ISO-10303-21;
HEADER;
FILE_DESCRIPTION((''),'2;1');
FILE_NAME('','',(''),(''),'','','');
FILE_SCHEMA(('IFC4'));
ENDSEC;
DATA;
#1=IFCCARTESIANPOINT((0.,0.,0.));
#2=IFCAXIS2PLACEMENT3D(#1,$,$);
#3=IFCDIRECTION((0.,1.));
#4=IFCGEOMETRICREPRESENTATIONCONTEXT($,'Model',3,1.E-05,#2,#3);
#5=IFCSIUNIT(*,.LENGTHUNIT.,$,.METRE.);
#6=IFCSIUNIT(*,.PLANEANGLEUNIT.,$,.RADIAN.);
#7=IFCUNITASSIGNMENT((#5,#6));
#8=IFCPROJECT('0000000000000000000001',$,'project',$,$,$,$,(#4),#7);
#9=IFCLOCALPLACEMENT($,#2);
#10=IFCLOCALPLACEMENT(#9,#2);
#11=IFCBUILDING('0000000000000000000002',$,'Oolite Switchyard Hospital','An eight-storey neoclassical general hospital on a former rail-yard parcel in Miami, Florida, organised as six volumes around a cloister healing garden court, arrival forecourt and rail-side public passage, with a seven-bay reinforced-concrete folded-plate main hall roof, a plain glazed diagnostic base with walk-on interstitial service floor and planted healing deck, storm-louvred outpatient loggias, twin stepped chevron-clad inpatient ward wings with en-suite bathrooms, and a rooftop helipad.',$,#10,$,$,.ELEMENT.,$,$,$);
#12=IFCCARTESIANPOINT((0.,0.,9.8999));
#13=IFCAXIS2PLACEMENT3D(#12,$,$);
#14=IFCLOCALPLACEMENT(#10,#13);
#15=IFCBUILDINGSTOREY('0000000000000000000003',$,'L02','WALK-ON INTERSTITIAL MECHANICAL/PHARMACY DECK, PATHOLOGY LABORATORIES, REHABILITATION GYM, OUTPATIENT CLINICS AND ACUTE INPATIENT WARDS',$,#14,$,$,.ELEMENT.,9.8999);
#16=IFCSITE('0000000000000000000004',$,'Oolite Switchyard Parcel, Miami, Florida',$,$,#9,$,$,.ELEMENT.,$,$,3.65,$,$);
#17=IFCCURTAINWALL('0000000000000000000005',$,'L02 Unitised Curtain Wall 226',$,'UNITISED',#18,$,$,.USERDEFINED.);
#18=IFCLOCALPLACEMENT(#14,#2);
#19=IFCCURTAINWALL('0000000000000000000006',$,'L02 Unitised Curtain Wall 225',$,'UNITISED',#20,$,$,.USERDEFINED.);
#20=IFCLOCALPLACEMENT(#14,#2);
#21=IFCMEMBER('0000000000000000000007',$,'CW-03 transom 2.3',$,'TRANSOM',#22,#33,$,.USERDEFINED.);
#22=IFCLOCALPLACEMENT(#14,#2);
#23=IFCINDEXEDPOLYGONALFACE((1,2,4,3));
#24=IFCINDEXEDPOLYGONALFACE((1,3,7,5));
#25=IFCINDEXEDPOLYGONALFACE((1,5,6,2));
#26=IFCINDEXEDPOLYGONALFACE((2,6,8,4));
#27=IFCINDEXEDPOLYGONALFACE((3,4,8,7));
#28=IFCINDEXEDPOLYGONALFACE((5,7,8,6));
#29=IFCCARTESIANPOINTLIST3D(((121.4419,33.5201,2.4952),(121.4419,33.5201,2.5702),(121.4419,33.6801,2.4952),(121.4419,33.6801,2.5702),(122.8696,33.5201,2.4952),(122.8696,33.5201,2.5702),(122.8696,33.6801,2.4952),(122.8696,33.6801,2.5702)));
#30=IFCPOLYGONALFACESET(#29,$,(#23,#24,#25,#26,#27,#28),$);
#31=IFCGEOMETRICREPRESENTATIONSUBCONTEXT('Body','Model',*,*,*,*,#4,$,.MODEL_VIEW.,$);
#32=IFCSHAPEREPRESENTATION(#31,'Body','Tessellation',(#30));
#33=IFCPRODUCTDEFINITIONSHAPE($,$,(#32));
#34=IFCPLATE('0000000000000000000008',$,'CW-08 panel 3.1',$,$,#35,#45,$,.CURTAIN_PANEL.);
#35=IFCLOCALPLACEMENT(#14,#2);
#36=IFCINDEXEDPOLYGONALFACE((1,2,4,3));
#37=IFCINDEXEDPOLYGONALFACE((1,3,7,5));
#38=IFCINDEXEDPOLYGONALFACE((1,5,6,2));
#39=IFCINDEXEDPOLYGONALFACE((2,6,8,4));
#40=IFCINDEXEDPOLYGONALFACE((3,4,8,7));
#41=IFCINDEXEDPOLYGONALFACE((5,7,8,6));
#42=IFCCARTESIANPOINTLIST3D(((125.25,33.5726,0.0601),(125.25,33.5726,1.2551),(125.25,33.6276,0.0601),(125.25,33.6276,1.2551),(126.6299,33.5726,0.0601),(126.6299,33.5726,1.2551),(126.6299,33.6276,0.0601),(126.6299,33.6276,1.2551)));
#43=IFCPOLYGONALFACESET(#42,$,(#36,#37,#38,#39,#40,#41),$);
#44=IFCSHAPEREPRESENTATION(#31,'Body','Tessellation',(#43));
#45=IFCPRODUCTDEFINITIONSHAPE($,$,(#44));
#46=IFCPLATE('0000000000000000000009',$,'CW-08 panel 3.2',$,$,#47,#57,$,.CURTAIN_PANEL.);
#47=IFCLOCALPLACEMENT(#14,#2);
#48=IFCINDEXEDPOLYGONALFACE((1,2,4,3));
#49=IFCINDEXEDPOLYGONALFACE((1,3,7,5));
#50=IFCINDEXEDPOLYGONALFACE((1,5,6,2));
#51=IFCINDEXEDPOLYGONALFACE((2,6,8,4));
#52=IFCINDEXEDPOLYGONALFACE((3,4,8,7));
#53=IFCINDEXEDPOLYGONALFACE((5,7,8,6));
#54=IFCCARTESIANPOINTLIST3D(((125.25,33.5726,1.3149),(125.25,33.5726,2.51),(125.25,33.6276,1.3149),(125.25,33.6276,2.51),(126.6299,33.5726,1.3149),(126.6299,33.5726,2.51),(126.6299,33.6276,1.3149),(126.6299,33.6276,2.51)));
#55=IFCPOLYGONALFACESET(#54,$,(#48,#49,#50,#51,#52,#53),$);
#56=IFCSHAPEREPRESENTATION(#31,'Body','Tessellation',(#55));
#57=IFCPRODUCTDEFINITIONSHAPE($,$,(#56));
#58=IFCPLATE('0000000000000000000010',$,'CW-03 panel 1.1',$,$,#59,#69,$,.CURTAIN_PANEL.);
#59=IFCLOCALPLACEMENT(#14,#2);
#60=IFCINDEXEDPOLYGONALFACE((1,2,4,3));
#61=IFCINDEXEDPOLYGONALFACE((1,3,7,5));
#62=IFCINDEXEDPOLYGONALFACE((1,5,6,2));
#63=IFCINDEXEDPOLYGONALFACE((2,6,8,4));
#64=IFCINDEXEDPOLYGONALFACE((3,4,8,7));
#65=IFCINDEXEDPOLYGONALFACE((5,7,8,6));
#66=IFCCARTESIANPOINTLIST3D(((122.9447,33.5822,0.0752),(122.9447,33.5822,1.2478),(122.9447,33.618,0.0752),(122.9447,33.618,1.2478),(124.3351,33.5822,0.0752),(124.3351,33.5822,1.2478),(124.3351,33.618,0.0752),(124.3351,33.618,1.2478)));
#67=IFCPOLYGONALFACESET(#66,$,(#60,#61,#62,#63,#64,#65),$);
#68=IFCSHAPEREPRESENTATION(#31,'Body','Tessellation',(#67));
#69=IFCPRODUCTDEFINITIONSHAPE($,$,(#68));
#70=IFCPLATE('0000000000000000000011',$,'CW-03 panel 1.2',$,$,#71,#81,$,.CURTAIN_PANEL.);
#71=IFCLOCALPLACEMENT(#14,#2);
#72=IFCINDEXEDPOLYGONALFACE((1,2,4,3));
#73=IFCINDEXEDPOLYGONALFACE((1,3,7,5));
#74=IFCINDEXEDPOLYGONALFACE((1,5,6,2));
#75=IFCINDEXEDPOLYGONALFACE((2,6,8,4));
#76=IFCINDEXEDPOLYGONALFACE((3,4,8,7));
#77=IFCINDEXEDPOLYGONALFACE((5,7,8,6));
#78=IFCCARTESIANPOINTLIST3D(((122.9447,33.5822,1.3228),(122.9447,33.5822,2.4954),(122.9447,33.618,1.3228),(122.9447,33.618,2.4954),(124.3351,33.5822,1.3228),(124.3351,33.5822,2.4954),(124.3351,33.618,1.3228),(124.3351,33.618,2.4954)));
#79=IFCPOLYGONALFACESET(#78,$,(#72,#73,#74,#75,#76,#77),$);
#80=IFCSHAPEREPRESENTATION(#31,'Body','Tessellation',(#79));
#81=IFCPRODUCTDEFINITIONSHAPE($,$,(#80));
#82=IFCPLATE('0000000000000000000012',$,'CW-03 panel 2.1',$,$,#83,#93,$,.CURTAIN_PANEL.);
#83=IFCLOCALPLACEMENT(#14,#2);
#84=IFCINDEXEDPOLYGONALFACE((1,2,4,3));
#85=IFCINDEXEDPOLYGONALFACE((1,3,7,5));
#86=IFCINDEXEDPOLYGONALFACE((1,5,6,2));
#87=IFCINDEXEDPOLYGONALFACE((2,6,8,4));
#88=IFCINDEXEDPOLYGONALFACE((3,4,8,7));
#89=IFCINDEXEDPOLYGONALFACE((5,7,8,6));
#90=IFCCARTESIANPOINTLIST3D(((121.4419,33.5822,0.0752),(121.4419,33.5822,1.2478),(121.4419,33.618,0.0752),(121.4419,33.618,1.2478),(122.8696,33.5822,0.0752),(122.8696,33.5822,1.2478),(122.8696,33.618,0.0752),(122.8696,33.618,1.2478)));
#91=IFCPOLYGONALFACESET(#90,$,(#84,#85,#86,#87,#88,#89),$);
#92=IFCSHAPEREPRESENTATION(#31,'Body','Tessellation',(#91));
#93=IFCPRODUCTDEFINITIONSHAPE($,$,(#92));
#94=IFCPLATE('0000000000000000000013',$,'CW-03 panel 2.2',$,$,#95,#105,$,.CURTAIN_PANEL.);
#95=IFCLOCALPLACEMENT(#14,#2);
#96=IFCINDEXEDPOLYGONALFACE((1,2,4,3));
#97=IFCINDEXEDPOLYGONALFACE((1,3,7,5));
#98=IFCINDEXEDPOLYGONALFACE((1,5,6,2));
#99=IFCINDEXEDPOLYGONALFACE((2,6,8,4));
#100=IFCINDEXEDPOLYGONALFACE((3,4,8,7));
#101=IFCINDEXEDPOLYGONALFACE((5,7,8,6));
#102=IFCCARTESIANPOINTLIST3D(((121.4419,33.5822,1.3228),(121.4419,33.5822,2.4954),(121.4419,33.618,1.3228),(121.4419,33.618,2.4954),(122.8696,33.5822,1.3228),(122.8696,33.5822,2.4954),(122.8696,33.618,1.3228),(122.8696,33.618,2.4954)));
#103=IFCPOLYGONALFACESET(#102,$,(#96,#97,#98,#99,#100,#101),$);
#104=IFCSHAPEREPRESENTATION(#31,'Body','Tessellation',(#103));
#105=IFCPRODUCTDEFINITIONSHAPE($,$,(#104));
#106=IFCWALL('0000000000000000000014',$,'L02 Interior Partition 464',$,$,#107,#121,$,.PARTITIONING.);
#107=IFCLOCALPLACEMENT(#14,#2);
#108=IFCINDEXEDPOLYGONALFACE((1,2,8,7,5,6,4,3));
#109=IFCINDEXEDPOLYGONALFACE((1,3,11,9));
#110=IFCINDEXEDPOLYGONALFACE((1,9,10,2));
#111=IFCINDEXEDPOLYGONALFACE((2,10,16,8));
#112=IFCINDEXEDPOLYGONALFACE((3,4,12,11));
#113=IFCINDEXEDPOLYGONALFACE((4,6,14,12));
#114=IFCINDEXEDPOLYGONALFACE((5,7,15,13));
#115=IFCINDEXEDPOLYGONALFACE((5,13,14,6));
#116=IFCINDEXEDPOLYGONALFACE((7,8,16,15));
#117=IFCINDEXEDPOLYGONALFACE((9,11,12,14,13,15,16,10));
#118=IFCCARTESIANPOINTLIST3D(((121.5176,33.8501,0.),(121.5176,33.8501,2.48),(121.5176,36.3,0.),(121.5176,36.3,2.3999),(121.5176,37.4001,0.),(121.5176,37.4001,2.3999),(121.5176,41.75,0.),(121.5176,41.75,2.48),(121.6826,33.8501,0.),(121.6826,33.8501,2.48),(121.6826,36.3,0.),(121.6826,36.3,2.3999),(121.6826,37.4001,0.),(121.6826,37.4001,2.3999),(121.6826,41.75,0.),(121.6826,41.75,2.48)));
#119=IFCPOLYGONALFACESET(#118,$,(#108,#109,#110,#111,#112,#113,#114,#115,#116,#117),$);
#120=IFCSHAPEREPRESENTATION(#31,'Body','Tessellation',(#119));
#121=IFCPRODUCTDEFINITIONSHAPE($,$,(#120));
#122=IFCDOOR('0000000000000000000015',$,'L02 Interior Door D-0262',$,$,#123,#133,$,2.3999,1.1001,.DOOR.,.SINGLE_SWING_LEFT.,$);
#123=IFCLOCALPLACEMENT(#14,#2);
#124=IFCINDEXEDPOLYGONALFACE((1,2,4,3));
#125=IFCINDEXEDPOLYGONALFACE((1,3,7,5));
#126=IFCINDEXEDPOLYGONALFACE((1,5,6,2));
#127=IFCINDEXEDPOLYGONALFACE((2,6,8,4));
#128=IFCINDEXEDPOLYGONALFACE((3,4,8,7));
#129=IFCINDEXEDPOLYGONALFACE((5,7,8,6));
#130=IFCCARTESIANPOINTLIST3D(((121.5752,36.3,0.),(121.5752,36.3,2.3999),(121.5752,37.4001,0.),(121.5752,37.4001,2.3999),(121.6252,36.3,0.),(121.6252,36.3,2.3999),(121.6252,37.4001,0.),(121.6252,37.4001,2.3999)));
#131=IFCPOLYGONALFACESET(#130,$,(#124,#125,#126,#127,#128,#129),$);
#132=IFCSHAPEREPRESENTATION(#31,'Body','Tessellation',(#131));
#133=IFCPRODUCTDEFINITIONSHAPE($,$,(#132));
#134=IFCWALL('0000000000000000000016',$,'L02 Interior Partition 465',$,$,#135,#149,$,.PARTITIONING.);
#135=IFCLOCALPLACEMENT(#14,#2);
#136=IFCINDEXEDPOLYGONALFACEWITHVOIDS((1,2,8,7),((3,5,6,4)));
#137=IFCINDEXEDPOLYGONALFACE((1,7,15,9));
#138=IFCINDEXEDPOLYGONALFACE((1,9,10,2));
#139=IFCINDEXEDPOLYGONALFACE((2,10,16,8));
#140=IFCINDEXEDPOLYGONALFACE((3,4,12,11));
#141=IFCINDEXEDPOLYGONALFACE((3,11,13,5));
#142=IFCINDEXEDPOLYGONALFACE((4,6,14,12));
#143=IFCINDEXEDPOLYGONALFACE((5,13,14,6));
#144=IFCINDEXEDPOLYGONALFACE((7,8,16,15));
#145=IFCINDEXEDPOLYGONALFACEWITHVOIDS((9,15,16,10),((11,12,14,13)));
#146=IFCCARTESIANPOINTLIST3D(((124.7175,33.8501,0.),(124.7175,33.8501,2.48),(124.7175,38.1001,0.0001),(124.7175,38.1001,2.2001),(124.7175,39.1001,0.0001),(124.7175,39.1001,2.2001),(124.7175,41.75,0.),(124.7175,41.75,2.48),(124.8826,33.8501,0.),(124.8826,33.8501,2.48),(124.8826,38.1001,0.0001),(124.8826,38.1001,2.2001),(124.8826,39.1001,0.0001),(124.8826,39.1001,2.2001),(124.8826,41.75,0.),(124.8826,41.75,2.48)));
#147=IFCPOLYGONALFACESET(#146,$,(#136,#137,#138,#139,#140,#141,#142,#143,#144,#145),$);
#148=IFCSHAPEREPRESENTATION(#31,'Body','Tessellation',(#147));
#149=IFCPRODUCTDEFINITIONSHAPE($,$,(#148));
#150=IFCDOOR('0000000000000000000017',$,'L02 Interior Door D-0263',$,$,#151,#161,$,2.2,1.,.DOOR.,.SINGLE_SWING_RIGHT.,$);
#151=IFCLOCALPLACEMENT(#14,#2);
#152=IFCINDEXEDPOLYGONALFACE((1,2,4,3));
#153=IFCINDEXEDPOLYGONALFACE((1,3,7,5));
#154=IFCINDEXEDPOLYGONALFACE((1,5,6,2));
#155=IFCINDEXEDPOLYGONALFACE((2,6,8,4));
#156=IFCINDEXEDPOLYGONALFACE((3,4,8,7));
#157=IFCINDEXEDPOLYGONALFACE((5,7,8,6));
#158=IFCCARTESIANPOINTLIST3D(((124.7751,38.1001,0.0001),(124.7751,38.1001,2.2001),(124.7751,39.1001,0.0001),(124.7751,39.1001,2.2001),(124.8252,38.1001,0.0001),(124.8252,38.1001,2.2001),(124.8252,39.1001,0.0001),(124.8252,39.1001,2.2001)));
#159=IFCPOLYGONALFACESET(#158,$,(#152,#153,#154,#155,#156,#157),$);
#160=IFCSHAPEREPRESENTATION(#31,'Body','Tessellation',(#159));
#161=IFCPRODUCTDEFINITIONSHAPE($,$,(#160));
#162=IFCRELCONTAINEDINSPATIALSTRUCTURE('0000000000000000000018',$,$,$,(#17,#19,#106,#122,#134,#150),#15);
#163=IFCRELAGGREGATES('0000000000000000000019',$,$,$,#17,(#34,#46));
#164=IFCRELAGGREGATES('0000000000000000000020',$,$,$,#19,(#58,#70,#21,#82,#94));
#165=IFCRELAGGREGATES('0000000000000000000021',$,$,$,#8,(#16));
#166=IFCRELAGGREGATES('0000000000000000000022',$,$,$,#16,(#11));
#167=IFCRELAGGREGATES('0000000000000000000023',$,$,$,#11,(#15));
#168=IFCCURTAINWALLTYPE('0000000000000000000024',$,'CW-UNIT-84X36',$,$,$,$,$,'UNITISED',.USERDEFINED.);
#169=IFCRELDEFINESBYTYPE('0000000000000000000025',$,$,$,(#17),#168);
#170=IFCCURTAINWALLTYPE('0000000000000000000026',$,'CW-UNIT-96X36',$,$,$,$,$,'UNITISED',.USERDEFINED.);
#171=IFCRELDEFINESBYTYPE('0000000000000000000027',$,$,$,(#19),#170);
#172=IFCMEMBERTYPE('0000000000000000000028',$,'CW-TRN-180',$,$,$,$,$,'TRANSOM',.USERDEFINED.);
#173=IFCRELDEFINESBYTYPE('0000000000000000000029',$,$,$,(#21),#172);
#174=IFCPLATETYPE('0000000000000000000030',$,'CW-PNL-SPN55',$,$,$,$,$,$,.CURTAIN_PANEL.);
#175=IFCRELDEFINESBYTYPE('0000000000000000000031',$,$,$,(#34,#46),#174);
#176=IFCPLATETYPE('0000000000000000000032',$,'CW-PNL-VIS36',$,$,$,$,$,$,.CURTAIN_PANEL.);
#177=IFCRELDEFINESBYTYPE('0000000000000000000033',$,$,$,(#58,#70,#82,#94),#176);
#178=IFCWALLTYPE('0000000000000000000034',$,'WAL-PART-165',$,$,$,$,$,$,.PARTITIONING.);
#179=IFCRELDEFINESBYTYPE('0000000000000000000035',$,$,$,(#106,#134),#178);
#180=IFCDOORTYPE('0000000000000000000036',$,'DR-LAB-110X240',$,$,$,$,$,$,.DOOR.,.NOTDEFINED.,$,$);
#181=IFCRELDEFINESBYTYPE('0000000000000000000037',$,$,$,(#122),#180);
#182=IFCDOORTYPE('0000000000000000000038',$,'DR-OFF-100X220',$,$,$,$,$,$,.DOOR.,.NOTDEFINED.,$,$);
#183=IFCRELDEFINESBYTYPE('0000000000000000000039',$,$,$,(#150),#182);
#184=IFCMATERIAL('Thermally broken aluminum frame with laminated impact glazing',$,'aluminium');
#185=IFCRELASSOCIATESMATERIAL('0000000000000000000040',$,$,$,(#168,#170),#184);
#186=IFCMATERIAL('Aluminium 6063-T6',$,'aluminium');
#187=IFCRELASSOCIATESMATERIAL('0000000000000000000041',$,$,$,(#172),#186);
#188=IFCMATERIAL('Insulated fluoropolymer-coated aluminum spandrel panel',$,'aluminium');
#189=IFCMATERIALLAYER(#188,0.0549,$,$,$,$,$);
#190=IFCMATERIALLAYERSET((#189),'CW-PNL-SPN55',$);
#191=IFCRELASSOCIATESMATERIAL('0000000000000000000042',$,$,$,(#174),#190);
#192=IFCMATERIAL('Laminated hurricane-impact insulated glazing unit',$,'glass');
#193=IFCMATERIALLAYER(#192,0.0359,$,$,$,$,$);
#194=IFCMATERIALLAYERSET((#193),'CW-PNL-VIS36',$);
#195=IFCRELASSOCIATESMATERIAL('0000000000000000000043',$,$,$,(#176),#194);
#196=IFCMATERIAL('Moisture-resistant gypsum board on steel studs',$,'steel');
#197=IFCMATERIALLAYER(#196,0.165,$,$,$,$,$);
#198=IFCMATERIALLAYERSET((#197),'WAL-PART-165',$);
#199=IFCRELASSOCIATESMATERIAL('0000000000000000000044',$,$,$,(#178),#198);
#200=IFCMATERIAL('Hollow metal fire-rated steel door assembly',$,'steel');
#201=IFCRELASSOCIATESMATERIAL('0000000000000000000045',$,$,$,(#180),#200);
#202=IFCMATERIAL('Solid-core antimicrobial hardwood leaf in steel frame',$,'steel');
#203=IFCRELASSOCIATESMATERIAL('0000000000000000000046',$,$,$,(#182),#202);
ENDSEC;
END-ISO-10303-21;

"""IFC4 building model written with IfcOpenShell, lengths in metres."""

from ifc_helpers import new_model, si_unit, direction, frame, frame_2d, origin, origin_2d, place, context, subcontext, project, spatial, rectangle, extrude, material, layer, layer_set, material_profile, profile_set, type_object, element, fill, aggregate, save


model = new_model("IFC4")

# Units and contexts
model_context = context("Model", 3, precision=1e-05, world=origin(), true_north=direction((0.0, 1.0)))
body_context = subcontext(model_context, "Body", "Model", "MODEL_VIEW")
ifc_project = project(units=[si_unit("LENGTHUNIT", "METRE"), si_unit("PLANEANGLEUNIT", "RADIAN")], contexts=[model_context])

# Site, building, storey
site_placement = place(None, origin())
site = spatial("IfcSite", under=ifc_project, at=site_placement, Name="Oolite Switchyard Parcel, Miami, Florida", CompositionType="ELEMENT", RefElevation=3.65)
building_placement = place(site_placement, origin())
building = spatial("IfcBuilding", under=site, at=building_placement, Name="Oolite Switchyard Hospital", Description="An eight-storey neoclassical general hospital on a former rail-yard parcel in Miami, Florida, organised as six volumes around a cloister healing garden court, arrival forecourt and rail-side public passage, with a seven-bay reinforced-concrete folded-plate main hall roof, a plain glazed diagnostic base with walk-on interstitial service floor and planted healing deck, storm-louvred outpatient loggias, twin stepped chevron-clad inpatient ward wings with en-suite bathrooms, and a rooftop helipad.", CompositionType="ELEMENT")
storey_placement = place(building_placement, frame((0.0, 0.0, 9.8999)))
storey = spatial("IfcBuildingStorey", under=building, at=storey_placement, Name="L02", Description="WALK-ON INTERSTITIAL MECHANICAL/PHARMACY DECK, PATHOLOGY LABORATORIES, REHABILITATION GYM, OUTPATIENT CLINICS AND ACUTE INPATIENT WARDS", CompositionType="ELEMENT", Elevation=9.8999)

# Curtain wall
ifc_material_1 = material(Name="Thermally broken aluminum frame with laminated impact glazing", Category="aluminium")
curtain_wall_type_1 = type_object("IfcCurtainWallType", Name="CW-UNIT-84X36", ElementType="UNITISED", PredefinedType="USERDEFINED", material=ifc_material_1)
curtain_wall_1_placement = place(storey_placement, origin())
curtain_wall_1 = element("IfcCurtainWall", 1, at=curtain_wall_1_placement, inside=storey, type_object=curtain_wall_type_1, Name="L02 Unitised Curtain Wall 226", ObjectType="UNITISED", PredefinedType="USERDEFINED")
ifc_material_2 = material(Name="Aluminium 6063-T6", Category="aluminium")

# Curtain wall, member
curtain_wall_type_2 = type_object("IfcCurtainWallType", Name="CW-UNIT-96X36", ElementType="UNITISED", PredefinedType="USERDEFINED", material=ifc_material_1)
curtain_wall_2_placement = place(storey_placement, origin())
curtain_wall_2 = element("IfcCurtainWall", 2, at=curtain_wall_2_placement, inside=storey, type_object=curtain_wall_type_2, Name="L02 Unitised Curtain Wall 225", ObjectType="UNITISED", PredefinedType="USERDEFINED")
ifc_material_profile_1 = material_profile(ifc_material_2, rectangle(XDim=0.1599, YDim=0.075, at=origin_2d()), Name="CWT75X160")
ifc_profile_set_1 = profile_set([ifc_material_profile_1], Name="Aluminium 6063-T6")
member_type_1 = type_object("IfcMemberType", Name="CW-TRN-180", ElementType="TRANSOM", PredefinedType="USERDEFINED", material=ifc_profile_set_1)
member_1_placement = place(storey_placement, frame((122.8696, 33.6001, 2.5327), z_axis=(-1.0, 0.0, 0.0), x_axis=(0.0, -1.0, 0.0)))
member_1 = element("IfcMember", 3, at=member_1_placement, type_object=member_type_1, Name="CW-03 transom 2.3", ObjectType="TRANSOM", PredefinedType="USERDEFINED", context=body_context, shape_type="SweptSolid", body=[
    extrude(rectangle(XDim=0.1599, YDim=0.075, at=origin_2d()), origin(), (0.0, 0.0, 1.0), 1.4277),
])

# Plates
ifc_material_3 = material(Name="Insulated fluoropolymer-coated aluminum spandrel panel", Category="aluminium")
ifc_layer_1 = layer(ifc_material_3, 0.0549)
ifc_layer_set_1 = layer_set([ifc_layer_1], Name="CW-PNL-SPN55")
plate_type_1 = type_object("IfcPlateType", Name="CW-PNL-SPN55", PredefinedType="CURTAIN_PANEL", material=ifc_layer_set_1)
plate_1_placement = place(storey_placement, frame((125.9399, 33.6001, 0.0601), z_axis=(0.0, 0.0, 1.0), x_axis=(-1.0, 0.0, 0.0)))
plate_1 = element("IfcPlate", 4, at=plate_1_placement, type_object=plate_type_1, Name="CW-08 panel 3.1", PredefinedType="CURTAIN_PANEL", context=body_context, shape_type="SweptSolid", body=[
    extrude(rectangle(XDim=1.3799, YDim=0.0549, at=origin_2d()), origin(), (0.0, 0.0, 1.0), 1.1951),
])
plate_2_placement = place(storey_placement, frame((125.9399, 33.6001, 1.3149), z_axis=(0.0, 0.0, 1.0), x_axis=(-1.0, 0.0, 0.0)))
plate_2 = element("IfcPlate", 5, at=plate_2_placement, type_object=plate_type_1, Name="CW-08 panel 3.2", PredefinedType="CURTAIN_PANEL", context=body_context, shape_type="SweptSolid", body=[
    extrude(rectangle(XDim=1.3799, YDim=0.0549, at=origin_2d()), origin(), (0.0, 0.0, 1.0), 1.1951),
])
aggregate(curtain_wall_1, [plate_1, plate_2])
ifc_material_4 = material(Name="Laminated hurricane-impact insulated glazing unit", Category="glass")
ifc_layer_2 = layer(ifc_material_4, 0.0359)
ifc_layer_set_2 = layer_set([ifc_layer_2], Name="CW-PNL-VIS36")
plate_type_2 = type_object("IfcPlateType", Name="CW-PNL-VIS36", PredefinedType="CURTAIN_PANEL", material=ifc_layer_set_2)
plate_3_placement = place(storey_placement, frame((123.6399, 33.6001, 0.0752), z_axis=(0.0, 0.0, 1.0), x_axis=(-1.0, 0.0, 0.0)))
plate_3 = element("IfcPlate", 6, at=plate_3_placement, type_object=plate_type_2, Name="CW-03 panel 1.1", PredefinedType="CURTAIN_PANEL", context=body_context, shape_type="SweptSolid", body=[
    extrude(rectangle(XDim=1.3904, YDim=0.0359, at=origin_2d()), origin(), (0.0, 0.0, 1.0), 1.1726),
])
plate_4_placement = place(storey_placement, frame((123.6399, 33.6001, 1.3228), z_axis=(0.0, 0.0, 1.0), x_axis=(-1.0, 0.0, 0.0)))
plate_4 = element("IfcPlate", 7, at=plate_4_placement, type_object=plate_type_2, Name="CW-03 panel 1.2", PredefinedType="CURTAIN_PANEL", context=body_context, shape_type="SweptSolid", body=[
    extrude(rectangle(XDim=1.3904, YDim=0.0359, at=origin_2d()), origin(), (0.0, 0.0, 1.0), 1.1726),
])
plate_5_placement = place(storey_placement, frame((122.1558, 33.6001, 0.0752), z_axis=(0.0, 0.0, 1.0), x_axis=(-1.0, 0.0, 0.0)))
plate_5 = element("IfcPlate", 8, at=plate_5_placement, type_object=plate_type_2, Name="CW-03 panel 2.1", PredefinedType="CURTAIN_PANEL", context=body_context, shape_type="SweptSolid", body=[
    extrude(rectangle(XDim=1.4277, YDim=0.0359, at=origin_2d()), origin(), (0.0, 0.0, 1.0), 1.1726),
])
plate_6_placement = place(storey_placement, frame((122.1558, 33.6001, 1.3228), z_axis=(0.0, 0.0, 1.0), x_axis=(-1.0, 0.0, 0.0)))
plate_6 = element("IfcPlate", 9, at=plate_6_placement, type_object=plate_type_2, Name="CW-03 panel 2.2", PredefinedType="CURTAIN_PANEL", context=body_context, shape_type="SweptSolid", body=[
    extrude(rectangle(XDim=1.4277, YDim=0.0359, at=origin_2d()), origin(), (0.0, 0.0, 1.0), 1.1726),
])
aggregate(curtain_wall_2, [plate_3, plate_4, member_1, plate_5, plate_6])

# Walls, openings, doors
ifc_material_5 = material(Name="Moisture-resistant gypsum board on steel studs", Category="steel")
ifc_layer_3 = layer(ifc_material_5, 0.165)
ifc_layer_set_3 = layer_set([ifc_layer_3], Name="WAL-PART-165")
wall_type = type_object("IfcWallType", Name="WAL-PART-165", PredefinedType="PARTITIONING", material=ifc_layer_set_3)
wall_1_placement = place(storey_placement, frame((121.6001, 33.8501, 0.0), z_axis=(0.0, 0.0, 1.0), x_axis=(0.0, 1.0, 0.0)))
wall_1 = element("IfcWall", 10, at=wall_1_placement, inside=storey, type_object=wall_type, Name="L02 Interior Partition 464", PredefinedType="PARTITIONING", context=body_context, shape_type="SweptSolid", body=[
    extrude(rectangle(XDim=7.8999, YDim=0.165, at=frame_2d((3.95, 0.0))), origin(), (0.0, 0.0, 1.0), 2.48),
])
opening_1_placement = place(wall_1_placement, frame((2.45, 0.0, 0.0)))
opening_1 = element("IfcOpeningElement", 11, at=opening_1_placement, cuts=wall_1, PredefinedType="OPENING", context=body_context, shape_type="SweptSolid", body=[
    extrude(rectangle(XDim=1.1001, YDim=2.3999, at=frame_2d((0.55, 1.2))), frame((0.0, 0.0925, 0.0), z_axis=(0.0, -1.0, 0.0), x_axis=(1.0, 0.0, 0.0)), (0.0, 0.0, 1.0), 0.1851),
])
ifc_material_6 = material(Name="Hollow metal fire-rated steel door assembly", Category="steel")
door_type_1 = type_object("IfcDoorType", Name="DR-LAB-110X240", OperationType="NOTDEFINED", PredefinedType="DOOR", material=ifc_material_6)
door_1_placement = place(opening_1_placement, origin())
door_1 = element("IfcDoor", 12, at=door_1_placement, inside=storey, type_object=door_type_1, Name="L02 Interior Door D-0262", OperationType="SINGLE_SWING_LEFT", OverallHeight=2.3999, OverallWidth=1.1001, PredefinedType="DOOR", context=body_context, shape_type="SweptSolid", body=[
    extrude(rectangle(XDim=1.1001, YDim=2.3999, at=frame_2d((0.55, 1.2))), frame((0.0, 0.0249, 0.0), z_axis=(0.0, -1.0, 0.0), x_axis=(1.0, 0.0, 0.0)), (0.0, 0.0, 1.0), 0.05),
])
fill(opening_1, door_1)
wall_2_placement = place(storey_placement, frame((124.8, 33.8501, 0.0), z_axis=(0.0, 0.0, 1.0), x_axis=(0.0, 1.0, 0.0)))
wall_2 = element("IfcWall", 13, at=wall_2_placement, inside=storey, type_object=wall_type, Name="L02 Interior Partition 465", PredefinedType="PARTITIONING", context=body_context, shape_type="SweptSolid", body=[
    extrude(rectangle(XDim=7.8999, YDim=0.165, at=frame_2d((3.95, 0.0))), origin(), (0.0, 0.0, 1.0), 2.48),
])
opening_2_placement = place(wall_2_placement, frame((4.25, 0.0, 0.0)))
opening_2 = element("IfcOpeningElement", 14, at=opening_2_placement, cuts=wall_2, PredefinedType="OPENING", context=body_context, shape_type="SweptSolid", body=[
    extrude(rectangle(XDim=1.0, YDim=2.2, at=frame_2d((0.5, 1.1001))), frame((0.0, 0.0925, 0.0), z_axis=(0.0, -1.0, 0.0), x_axis=(1.0, 0.0, 0.0)), (0.0, 0.0, 1.0), 0.1851),
])
ifc_material_7 = material(Name="Solid-core antimicrobial hardwood leaf in steel frame", Category="steel")
door_type_2 = type_object("IfcDoorType", Name="DR-OFF-100X220", OperationType="NOTDEFINED", PredefinedType="DOOR", material=ifc_material_7)
door_2_placement = place(opening_2_placement, origin())
door_2 = element("IfcDoor", 15, at=door_2_placement, inside=storey, type_object=door_type_2, Name="L02 Interior Door D-0263", OperationType="SINGLE_SWING_RIGHT", OverallHeight=2.2, OverallWidth=1.0, PredefinedType="DOOR", context=body_context, shape_type="SweptSolid", body=[
    extrude(rectangle(XDim=1.0, YDim=2.2, at=frame_2d((0.5, 1.1001))), frame((0.0, 0.0249, 0.0), z_axis=(0.0, -1.0, 0.0), x_axis=(1.0, 0.0, 0.0)), (0.0, 0.0, 1.0), 0.05),
])
fill(opening_2, door_2)

save(model, "model.ifc")
